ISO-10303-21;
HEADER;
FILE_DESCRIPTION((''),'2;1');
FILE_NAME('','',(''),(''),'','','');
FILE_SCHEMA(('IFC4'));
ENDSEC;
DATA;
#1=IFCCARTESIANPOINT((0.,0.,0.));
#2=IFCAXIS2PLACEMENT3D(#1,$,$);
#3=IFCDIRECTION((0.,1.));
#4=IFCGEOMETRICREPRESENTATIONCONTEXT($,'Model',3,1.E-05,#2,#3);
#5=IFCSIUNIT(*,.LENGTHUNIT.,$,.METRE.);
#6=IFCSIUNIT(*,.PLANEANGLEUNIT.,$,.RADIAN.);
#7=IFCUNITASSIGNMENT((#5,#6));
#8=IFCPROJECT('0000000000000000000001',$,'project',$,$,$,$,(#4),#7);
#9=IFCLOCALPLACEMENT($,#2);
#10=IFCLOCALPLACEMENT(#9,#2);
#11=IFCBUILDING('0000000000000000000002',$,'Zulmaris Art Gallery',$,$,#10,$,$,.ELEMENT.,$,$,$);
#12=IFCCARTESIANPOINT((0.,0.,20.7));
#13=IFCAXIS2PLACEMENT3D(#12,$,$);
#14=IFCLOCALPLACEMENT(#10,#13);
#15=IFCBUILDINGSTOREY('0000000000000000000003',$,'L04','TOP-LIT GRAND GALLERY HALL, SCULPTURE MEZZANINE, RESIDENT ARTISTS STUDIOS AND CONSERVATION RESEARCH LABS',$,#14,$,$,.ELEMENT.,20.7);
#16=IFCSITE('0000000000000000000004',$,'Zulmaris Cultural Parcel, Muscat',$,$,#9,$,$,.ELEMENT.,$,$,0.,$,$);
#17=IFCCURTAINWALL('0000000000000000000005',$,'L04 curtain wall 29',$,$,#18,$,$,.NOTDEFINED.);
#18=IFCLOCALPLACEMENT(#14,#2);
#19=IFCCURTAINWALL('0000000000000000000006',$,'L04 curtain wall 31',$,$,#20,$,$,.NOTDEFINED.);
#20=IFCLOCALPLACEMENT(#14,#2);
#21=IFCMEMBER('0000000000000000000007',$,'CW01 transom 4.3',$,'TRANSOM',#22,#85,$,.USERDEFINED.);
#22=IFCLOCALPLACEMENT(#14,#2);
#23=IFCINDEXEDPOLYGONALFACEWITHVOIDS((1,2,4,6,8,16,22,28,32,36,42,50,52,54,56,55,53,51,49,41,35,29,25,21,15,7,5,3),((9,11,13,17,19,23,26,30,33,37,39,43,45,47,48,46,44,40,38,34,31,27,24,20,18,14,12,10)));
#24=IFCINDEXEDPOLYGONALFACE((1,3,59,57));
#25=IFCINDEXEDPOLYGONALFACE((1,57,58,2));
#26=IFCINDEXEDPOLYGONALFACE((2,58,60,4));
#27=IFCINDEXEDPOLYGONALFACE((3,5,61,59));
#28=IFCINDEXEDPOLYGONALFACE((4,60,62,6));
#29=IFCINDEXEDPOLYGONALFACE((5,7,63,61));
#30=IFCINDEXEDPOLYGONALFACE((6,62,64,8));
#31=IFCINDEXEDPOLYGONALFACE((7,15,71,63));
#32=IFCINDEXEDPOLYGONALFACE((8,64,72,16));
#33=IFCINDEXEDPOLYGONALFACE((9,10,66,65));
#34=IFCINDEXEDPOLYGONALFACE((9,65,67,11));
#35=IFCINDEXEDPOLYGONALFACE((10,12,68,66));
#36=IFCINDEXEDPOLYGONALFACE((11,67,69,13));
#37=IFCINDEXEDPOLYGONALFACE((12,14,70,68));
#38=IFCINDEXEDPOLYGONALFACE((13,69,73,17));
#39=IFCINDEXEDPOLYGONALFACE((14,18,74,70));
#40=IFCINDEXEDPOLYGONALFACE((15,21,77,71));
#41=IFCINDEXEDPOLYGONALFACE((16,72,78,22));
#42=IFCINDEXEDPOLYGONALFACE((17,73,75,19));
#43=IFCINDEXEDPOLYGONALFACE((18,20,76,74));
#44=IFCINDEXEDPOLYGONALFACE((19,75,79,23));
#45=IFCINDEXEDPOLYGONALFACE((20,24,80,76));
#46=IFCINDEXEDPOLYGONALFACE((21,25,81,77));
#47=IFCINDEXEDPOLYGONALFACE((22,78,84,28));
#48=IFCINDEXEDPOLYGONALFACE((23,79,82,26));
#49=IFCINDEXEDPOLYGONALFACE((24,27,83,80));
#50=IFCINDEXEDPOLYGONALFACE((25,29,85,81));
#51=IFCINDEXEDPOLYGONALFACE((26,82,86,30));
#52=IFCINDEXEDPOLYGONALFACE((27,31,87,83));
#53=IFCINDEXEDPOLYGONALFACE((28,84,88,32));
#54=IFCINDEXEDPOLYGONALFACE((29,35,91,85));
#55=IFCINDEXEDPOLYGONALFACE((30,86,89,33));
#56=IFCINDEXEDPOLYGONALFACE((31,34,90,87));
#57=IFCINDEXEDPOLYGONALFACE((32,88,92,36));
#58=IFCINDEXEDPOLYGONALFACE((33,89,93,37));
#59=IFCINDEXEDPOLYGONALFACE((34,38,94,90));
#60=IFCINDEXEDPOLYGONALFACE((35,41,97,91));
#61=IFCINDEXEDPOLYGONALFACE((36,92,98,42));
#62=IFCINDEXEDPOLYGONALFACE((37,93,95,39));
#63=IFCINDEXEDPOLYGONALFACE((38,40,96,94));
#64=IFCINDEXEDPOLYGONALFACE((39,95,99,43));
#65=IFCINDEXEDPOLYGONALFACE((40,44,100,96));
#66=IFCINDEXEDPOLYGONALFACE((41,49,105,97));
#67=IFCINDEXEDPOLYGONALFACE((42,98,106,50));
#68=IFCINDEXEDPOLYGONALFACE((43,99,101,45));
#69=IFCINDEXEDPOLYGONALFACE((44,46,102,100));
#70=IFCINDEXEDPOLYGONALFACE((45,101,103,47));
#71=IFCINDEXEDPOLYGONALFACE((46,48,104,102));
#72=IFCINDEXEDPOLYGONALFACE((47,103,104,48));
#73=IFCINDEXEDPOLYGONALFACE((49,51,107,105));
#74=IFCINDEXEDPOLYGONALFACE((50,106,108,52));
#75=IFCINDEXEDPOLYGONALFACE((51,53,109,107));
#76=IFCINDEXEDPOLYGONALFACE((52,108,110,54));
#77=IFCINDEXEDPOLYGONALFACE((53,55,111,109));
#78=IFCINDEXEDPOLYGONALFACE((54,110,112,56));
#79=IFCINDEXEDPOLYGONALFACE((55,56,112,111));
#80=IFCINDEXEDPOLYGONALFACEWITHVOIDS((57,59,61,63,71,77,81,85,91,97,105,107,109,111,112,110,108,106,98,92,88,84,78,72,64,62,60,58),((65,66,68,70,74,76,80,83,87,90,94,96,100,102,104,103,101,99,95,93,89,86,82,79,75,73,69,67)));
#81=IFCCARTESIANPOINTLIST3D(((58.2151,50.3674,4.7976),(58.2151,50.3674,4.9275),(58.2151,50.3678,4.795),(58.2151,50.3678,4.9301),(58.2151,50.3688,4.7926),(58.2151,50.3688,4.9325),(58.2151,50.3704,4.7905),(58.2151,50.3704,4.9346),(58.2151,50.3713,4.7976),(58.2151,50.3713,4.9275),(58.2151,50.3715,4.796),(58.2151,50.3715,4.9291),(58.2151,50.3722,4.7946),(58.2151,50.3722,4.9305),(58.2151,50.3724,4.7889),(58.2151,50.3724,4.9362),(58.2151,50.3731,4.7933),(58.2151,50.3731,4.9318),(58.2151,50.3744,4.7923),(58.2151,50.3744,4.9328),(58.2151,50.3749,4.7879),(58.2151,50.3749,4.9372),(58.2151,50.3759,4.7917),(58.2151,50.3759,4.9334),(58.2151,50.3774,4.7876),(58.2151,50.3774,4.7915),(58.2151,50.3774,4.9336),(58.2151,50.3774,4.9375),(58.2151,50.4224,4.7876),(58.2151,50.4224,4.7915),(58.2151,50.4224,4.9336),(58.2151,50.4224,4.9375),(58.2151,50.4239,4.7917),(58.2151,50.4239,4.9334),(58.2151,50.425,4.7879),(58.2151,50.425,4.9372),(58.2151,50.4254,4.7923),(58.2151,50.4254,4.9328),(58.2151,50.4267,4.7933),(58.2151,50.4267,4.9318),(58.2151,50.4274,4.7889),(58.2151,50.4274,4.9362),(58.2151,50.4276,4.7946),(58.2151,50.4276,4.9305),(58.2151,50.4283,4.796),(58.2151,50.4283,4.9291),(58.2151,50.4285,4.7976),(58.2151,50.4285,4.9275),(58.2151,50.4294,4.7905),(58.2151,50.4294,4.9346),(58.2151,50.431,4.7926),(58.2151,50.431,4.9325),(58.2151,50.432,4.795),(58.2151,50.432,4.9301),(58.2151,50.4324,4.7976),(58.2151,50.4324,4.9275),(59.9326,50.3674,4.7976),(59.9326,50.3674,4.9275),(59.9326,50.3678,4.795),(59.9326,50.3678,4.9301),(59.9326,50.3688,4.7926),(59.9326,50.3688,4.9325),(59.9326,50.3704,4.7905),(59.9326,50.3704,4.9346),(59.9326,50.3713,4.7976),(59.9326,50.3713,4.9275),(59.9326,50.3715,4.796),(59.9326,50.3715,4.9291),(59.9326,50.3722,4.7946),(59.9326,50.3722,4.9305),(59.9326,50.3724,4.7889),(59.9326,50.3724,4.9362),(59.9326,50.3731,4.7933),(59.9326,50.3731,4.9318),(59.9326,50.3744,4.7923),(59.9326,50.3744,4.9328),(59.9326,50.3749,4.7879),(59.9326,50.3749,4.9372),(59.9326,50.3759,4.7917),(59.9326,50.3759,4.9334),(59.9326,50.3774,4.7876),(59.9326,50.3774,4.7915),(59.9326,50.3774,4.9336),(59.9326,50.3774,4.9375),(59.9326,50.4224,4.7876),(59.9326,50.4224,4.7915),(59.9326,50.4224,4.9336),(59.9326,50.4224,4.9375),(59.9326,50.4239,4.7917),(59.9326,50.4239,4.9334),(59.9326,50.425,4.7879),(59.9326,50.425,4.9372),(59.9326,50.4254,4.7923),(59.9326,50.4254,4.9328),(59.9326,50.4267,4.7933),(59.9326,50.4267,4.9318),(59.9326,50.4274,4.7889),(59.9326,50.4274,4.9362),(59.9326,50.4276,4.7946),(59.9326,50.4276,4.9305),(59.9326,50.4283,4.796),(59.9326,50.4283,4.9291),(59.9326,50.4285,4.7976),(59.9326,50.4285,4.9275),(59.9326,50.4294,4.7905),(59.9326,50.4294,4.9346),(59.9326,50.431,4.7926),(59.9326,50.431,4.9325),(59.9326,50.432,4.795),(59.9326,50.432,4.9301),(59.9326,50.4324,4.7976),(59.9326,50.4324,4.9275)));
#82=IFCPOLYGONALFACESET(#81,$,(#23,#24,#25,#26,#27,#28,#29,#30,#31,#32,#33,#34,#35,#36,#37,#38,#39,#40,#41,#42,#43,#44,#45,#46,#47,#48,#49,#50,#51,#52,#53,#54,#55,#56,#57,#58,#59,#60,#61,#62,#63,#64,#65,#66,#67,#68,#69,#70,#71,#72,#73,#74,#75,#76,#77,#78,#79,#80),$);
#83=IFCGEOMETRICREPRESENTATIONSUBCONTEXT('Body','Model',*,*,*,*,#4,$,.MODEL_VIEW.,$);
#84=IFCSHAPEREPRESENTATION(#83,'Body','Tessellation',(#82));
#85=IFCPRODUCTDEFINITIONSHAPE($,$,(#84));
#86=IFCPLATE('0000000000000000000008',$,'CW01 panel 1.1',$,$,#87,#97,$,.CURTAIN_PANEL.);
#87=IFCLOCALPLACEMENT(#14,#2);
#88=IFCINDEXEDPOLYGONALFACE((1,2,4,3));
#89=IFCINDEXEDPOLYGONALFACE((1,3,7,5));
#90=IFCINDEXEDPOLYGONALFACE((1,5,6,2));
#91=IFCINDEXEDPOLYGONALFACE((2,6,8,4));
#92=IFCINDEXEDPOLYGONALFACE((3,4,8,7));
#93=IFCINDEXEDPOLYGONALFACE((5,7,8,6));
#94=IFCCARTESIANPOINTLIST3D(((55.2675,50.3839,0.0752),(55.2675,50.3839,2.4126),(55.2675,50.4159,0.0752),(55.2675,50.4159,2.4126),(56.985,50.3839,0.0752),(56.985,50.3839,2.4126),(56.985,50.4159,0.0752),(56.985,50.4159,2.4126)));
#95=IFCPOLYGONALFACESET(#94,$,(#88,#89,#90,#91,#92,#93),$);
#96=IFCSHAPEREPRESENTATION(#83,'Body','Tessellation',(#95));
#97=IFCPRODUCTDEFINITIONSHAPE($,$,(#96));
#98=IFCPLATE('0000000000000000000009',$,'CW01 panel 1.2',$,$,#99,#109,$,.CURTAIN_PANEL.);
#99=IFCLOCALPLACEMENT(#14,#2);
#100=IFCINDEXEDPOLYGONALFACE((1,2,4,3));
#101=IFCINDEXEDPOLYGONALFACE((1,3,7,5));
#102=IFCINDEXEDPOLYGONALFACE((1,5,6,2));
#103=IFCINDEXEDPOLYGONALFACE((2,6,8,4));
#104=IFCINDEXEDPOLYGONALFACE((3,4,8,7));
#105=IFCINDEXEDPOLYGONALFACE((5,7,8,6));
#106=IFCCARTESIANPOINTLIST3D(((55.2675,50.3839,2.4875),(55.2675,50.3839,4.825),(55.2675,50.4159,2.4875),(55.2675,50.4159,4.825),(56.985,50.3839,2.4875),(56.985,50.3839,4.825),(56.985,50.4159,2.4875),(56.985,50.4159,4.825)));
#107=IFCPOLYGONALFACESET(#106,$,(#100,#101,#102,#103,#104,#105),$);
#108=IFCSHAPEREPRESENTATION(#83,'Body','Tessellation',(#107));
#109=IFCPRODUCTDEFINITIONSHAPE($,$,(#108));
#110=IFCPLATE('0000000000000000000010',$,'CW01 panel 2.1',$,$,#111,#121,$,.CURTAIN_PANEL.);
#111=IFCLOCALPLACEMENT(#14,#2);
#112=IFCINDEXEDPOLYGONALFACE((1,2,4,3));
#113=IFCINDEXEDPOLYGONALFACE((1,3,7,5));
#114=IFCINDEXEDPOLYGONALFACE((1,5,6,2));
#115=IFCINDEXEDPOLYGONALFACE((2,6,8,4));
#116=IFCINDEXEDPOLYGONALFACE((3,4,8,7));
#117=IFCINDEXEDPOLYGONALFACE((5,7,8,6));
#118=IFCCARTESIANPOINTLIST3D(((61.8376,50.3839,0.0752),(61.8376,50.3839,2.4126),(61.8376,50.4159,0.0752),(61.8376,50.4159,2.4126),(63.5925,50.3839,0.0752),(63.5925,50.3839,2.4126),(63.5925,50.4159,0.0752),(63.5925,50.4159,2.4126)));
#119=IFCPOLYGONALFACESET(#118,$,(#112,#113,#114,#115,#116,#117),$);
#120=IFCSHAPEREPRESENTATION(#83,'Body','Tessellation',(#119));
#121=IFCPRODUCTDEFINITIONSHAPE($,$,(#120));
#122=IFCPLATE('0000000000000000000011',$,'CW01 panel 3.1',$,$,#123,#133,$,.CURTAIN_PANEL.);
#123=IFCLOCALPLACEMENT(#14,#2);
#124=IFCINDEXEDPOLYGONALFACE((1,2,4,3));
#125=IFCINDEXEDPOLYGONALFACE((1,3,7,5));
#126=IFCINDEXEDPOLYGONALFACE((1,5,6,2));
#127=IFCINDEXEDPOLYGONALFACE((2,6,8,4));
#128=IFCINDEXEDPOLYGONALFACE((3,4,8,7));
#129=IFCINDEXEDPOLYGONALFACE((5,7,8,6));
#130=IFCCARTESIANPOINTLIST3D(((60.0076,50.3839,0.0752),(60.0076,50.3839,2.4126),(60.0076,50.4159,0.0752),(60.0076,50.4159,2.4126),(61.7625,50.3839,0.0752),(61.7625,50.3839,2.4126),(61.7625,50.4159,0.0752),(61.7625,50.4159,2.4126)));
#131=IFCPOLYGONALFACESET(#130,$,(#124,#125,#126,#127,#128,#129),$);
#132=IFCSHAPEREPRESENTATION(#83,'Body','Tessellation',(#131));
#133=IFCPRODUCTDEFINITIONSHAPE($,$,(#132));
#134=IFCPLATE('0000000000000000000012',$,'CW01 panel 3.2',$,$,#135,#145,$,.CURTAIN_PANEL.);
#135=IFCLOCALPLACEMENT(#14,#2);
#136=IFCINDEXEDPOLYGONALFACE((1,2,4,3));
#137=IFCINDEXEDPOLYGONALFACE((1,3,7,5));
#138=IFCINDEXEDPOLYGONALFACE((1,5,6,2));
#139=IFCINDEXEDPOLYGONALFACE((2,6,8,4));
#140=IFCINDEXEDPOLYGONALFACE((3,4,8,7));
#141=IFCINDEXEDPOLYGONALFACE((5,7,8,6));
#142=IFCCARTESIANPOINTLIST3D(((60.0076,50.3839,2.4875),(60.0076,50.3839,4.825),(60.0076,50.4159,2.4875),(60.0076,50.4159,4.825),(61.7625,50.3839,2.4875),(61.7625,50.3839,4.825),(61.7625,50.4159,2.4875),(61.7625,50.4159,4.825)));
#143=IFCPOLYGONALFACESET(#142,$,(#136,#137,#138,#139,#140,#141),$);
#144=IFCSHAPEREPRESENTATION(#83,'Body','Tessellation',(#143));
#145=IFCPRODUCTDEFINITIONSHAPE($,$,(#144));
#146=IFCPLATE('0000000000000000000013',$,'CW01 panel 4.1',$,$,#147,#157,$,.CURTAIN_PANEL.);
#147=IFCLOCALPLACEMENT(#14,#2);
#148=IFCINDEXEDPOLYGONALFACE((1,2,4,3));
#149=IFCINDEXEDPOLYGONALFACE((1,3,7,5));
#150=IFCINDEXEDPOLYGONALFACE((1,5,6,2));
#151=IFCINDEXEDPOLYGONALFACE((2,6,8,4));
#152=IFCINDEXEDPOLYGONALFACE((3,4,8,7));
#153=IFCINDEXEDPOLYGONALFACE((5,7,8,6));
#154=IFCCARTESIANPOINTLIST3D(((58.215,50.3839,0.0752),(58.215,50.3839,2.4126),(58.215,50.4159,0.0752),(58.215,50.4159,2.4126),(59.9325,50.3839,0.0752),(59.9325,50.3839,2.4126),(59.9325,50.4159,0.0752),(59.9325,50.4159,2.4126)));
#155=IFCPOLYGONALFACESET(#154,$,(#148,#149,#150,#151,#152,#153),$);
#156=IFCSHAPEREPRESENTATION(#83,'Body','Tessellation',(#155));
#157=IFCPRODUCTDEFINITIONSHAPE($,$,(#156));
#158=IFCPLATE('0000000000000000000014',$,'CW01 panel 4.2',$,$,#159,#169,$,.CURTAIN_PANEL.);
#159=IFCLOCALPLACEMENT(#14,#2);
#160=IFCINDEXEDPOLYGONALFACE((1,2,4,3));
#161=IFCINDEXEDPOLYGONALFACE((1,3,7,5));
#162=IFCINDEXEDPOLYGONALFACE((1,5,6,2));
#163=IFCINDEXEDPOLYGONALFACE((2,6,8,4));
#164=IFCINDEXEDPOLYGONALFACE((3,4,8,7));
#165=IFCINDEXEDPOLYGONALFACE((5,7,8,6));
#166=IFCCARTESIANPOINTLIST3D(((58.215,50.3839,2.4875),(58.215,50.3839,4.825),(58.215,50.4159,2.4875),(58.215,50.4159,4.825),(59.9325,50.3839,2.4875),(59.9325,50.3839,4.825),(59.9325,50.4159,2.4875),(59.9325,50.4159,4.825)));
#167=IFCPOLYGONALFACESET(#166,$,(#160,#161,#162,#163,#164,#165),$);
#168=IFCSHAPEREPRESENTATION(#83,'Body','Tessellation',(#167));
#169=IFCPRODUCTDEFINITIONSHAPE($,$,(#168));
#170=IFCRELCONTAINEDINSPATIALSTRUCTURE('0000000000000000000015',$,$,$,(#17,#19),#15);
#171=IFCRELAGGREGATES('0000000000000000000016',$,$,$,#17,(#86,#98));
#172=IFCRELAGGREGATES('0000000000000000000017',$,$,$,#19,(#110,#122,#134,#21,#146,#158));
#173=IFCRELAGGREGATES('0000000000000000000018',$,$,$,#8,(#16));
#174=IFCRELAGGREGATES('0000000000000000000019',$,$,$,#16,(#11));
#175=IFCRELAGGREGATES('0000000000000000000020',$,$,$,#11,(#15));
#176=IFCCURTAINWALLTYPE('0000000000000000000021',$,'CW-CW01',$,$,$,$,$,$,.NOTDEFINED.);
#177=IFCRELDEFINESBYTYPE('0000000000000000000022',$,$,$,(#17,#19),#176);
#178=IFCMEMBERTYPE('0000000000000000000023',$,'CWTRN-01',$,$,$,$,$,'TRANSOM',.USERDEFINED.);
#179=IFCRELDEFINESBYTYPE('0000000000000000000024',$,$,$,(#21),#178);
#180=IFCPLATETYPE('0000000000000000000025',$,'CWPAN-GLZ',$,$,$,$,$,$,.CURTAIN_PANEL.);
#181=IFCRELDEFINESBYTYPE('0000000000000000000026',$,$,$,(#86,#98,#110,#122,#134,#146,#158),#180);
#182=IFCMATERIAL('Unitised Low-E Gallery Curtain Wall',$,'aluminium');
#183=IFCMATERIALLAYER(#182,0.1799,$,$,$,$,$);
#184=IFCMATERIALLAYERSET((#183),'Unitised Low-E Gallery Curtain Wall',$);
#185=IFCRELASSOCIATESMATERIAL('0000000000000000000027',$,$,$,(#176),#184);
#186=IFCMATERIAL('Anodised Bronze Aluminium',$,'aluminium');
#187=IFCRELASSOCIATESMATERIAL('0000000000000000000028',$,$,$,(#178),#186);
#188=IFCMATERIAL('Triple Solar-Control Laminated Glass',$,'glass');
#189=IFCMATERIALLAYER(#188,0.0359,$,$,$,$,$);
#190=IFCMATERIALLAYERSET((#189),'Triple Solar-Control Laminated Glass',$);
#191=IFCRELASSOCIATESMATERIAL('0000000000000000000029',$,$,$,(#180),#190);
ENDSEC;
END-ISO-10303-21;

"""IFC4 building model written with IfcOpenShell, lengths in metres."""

from ifc_helpers import new_model, si_unit, direction, frame, origin, origin_2d, place, context, subcontext, project, spatial, rectangle, hollow_rectangle, extrude, material, layer, layer_set, material_profile, profile_set, type_object, element, aggregate, save


model = new_model("IFC4")

# Units and contexts
model_context = context("Model", 3, precision=1e-05, world=origin(), true_north=direction((0.0, 1.0)))
body_context = subcontext(model_context, "Body", "Model", "MODEL_VIEW")
ifc_project = project(units=[si_unit("LENGTHUNIT", "METRE"), si_unit("PLANEANGLEUNIT", "RADIAN")], contexts=[model_context])

# Site, building, storey
site_placement = place(None, origin())
site = spatial("IfcSite", under=ifc_project, at=site_placement, Name="Zulmaris Cultural Parcel, Muscat", CompositionType="ELEMENT", RefElevation=0.0)
building_placement = place(site_placement, origin())
building = spatial("IfcBuilding", under=site, at=building_placement, Name="Zulmaris Art Gallery", CompositionType="ELEMENT")
storey_placement = place(building_placement, frame((0.0, 0.0, 20.7)))
storey = spatial("IfcBuildingStorey", under=building, at=storey_placement, Name="L04", Description="TOP-LIT GRAND GALLERY HALL, SCULPTURE MEZZANINE, RESIDENT ARTISTS STUDIOS AND CONSERVATION RESEARCH LABS", CompositionType="ELEMENT", Elevation=20.7)

# Curtain walls
ifc_material_1 = material(Name="Unitised Low-E Gallery Curtain Wall", Category="aluminium")
ifc_layer_1 = layer(ifc_material_1, 0.1799)
ifc_layer_set_1 = layer_set([ifc_layer_1], Name="Unitised Low-E Gallery Curtain Wall")
curtain_wall_type = type_object("IfcCurtainWallType", Name="CW-CW01", PredefinedType="NOTDEFINED", material=ifc_layer_set_1)
curtain_wall_1_placement = place(storey_placement, origin())
curtain_wall_1 = element("IfcCurtainWall", 1, at=curtain_wall_1_placement, inside=storey, type_object=curtain_wall_type, Name="L04 curtain wall 29", PredefinedType="NOTDEFINED")
ifc_material_2 = material(Name="Anodised Bronze Aluminium", Category="aluminium")
curtain_wall_2_placement = place(storey_placement, origin())
curtain_wall_2 = element("IfcCurtainWall", 2, at=curtain_wall_2_placement, inside=storey, type_object=curtain_wall_type, Name="L04 curtain wall 31", PredefinedType="NOTDEFINED")

# Member
ifc_material_profile_1 = material_profile(ifc_material_2, hollow_rectangle(XDim=0.0649, YDim=0.1499, WallThickness=0.0039, InnerFilletRadius=0.0061, OuterFilletRadius=0.01, at=origin_2d()), Name="ALU 65x150x4")
ifc_profile_set_1 = profile_set([ifc_material_profile_1], Name="Anodised Bronze Aluminium")
member_type_1 = type_object("IfcMemberType", Name="CWTRN-01", ElementType="TRANSOM", PredefinedType="USERDEFINED", material=ifc_profile_set_1)
member_1_placement = place(storey_placement, frame((59.9326, 50.3999, 4.8625), z_axis=(-1.0, 0.0, 0.0), x_axis=(0.0, -1.0, 0.0)))
member_1 = element("IfcMember", 3, at=member_1_placement, type_object=member_type_1, Name="CW01 transom 4.3", ObjectType="TRANSOM", PredefinedType="USERDEFINED", context=body_context, shape_type="SweptSolid", body=[
    extrude(hollow_rectangle(XDim=0.0649, YDim=0.1499, WallThickness=0.0039, InnerFilletRadius=0.0061, OuterFilletRadius=0.01, at=origin_2d()), origin(), (0.0, 0.0, 1.0), 1.7175),
])

# Plates
ifc_material_3 = material(Name="Triple Solar-Control Laminated Glass", Category="glass")
ifc_layer_2 = layer(ifc_material_3, 0.0359)
ifc_layer_set_2 = layer_set([ifc_layer_2], Name="Triple Solar-Control Laminated Glass")
plate_type = type_object("IfcPlateType", Name="CWPAN-GLZ", PredefinedType="CURTAIN_PANEL", material=ifc_layer_set_2)
plate_1_placement = place(storey_placement, frame((56.1262, 50.3999, 0.0752), z_axis=(0.0, 0.0, 1.0), x_axis=(-1.0, 0.0, 0.0)))
plate_1 = element("IfcPlate", 4, at=plate_1_placement, type_object=plate_type, Name="CW01 panel 1.1", PredefinedType="CURTAIN_PANEL", context=body_context, shape_type="SweptSolid", body=[
    extrude(rectangle(XDim=1.7175, YDim=0.032, at=origin_2d()), origin(), (0.0, 0.0, 1.0), 2.3374),
])
plate_2_placement = place(storey_placement, frame((56.1262, 50.3999, 2.4875), z_axis=(0.0, 0.0, 1.0), x_axis=(-1.0, 0.0, 0.0)))
plate_2 = element("IfcPlate", 5, at=plate_2_placement, type_object=plate_type, Name="CW01 panel 1.2", PredefinedType="CURTAIN_PANEL", context=body_context, shape_type="SweptSolid", body=[
    extrude(rectangle(XDim=1.7175, YDim=0.032, at=origin_2d()), origin(), (0.0, 0.0, 1.0), 2.3374),
])
aggregate(curtain_wall_1, [plate_1, plate_2])
plate_3_placement = place(storey_placement, frame((62.7151, 50.3999, 0.0752), z_axis=(0.0, 0.0, 1.0), x_axis=(-1.0, 0.0, 0.0)))
plate_3 = element("IfcPlate", 6, at=plate_3_placement, type_object=plate_type, Name="CW01 panel 2.1", PredefinedType="CURTAIN_PANEL", context=body_context, shape_type="SweptSolid", body=[
    extrude(rectangle(XDim=1.7549, YDim=0.032, at=origin_2d()), origin(), (0.0, 0.0, 1.0), 2.3374),
])
plate_4_placement = place(storey_placement, frame((60.885, 50.3999, 0.0752), z_axis=(0.0, 0.0, 1.0), x_axis=(-1.0, 0.0, 0.0)))
plate_4 = element("IfcPlate", 7, at=plate_4_placement, type_object=plate_type, Name="CW01 panel 3.1", PredefinedType="CURTAIN_PANEL", context=body_context, shape_type="SweptSolid", body=[
    extrude(rectangle(XDim=1.7549, YDim=0.032, at=origin_2d()), origin(), (0.0, 0.0, 1.0), 2.3374),
])
plate_5_placement = place(storey_placement, frame((60.885, 50.3999, 2.4875), z_axis=(0.0, 0.0, 1.0), x_axis=(-1.0, 0.0, 0.0)))
plate_5 = element("IfcPlate", 8, at=plate_5_placement, type_object=plate_type, Name="CW01 panel 3.2", PredefinedType="CURTAIN_PANEL", context=body_context, shape_type="SweptSolid", body=[
    extrude(rectangle(XDim=1.7549, YDim=0.032, at=origin_2d()), origin(), (0.0, 0.0, 1.0), 2.3374),
])
plate_6_placement = place(storey_placement, frame((59.0737, 50.3999, 0.0752), z_axis=(0.0, 0.0, 1.0), x_axis=(-1.0, 0.0, 0.0)))
plate_6 = element("IfcPlate", 9, at=plate_6_placement, type_object=plate_type, Name="CW01 panel 4.1", PredefinedType="CURTAIN_PANEL", context=body_context, shape_type="SweptSolid", body=[
    extrude(rectangle(XDim=1.7175, YDim=0.032, at=origin_2d()), origin(), (0.0, 0.0, 1.0), 2.3374),
])
plate_7_placement = place(storey_placement, frame((59.0737, 50.3999, 2.4875), z_axis=(0.0, 0.0, 1.0), x_axis=(-1.0, 0.0, 0.0)))
plate_7 = element("IfcPlate", 10, at=plate_7_placement, type_object=plate_type, Name="CW01 panel 4.2", PredefinedType="CURTAIN_PANEL", context=body_context, shape_type="SweptSolid", body=[
    extrude(rectangle(XDim=1.7175, YDim=0.032, at=origin_2d()), origin(), (0.0, 0.0, 1.0), 2.3374),
])
aggregate(curtain_wall_2, [plate_3, plate_4, plate_5, member_1, plate_6, plate_7])

save(model, "model.ifc")
